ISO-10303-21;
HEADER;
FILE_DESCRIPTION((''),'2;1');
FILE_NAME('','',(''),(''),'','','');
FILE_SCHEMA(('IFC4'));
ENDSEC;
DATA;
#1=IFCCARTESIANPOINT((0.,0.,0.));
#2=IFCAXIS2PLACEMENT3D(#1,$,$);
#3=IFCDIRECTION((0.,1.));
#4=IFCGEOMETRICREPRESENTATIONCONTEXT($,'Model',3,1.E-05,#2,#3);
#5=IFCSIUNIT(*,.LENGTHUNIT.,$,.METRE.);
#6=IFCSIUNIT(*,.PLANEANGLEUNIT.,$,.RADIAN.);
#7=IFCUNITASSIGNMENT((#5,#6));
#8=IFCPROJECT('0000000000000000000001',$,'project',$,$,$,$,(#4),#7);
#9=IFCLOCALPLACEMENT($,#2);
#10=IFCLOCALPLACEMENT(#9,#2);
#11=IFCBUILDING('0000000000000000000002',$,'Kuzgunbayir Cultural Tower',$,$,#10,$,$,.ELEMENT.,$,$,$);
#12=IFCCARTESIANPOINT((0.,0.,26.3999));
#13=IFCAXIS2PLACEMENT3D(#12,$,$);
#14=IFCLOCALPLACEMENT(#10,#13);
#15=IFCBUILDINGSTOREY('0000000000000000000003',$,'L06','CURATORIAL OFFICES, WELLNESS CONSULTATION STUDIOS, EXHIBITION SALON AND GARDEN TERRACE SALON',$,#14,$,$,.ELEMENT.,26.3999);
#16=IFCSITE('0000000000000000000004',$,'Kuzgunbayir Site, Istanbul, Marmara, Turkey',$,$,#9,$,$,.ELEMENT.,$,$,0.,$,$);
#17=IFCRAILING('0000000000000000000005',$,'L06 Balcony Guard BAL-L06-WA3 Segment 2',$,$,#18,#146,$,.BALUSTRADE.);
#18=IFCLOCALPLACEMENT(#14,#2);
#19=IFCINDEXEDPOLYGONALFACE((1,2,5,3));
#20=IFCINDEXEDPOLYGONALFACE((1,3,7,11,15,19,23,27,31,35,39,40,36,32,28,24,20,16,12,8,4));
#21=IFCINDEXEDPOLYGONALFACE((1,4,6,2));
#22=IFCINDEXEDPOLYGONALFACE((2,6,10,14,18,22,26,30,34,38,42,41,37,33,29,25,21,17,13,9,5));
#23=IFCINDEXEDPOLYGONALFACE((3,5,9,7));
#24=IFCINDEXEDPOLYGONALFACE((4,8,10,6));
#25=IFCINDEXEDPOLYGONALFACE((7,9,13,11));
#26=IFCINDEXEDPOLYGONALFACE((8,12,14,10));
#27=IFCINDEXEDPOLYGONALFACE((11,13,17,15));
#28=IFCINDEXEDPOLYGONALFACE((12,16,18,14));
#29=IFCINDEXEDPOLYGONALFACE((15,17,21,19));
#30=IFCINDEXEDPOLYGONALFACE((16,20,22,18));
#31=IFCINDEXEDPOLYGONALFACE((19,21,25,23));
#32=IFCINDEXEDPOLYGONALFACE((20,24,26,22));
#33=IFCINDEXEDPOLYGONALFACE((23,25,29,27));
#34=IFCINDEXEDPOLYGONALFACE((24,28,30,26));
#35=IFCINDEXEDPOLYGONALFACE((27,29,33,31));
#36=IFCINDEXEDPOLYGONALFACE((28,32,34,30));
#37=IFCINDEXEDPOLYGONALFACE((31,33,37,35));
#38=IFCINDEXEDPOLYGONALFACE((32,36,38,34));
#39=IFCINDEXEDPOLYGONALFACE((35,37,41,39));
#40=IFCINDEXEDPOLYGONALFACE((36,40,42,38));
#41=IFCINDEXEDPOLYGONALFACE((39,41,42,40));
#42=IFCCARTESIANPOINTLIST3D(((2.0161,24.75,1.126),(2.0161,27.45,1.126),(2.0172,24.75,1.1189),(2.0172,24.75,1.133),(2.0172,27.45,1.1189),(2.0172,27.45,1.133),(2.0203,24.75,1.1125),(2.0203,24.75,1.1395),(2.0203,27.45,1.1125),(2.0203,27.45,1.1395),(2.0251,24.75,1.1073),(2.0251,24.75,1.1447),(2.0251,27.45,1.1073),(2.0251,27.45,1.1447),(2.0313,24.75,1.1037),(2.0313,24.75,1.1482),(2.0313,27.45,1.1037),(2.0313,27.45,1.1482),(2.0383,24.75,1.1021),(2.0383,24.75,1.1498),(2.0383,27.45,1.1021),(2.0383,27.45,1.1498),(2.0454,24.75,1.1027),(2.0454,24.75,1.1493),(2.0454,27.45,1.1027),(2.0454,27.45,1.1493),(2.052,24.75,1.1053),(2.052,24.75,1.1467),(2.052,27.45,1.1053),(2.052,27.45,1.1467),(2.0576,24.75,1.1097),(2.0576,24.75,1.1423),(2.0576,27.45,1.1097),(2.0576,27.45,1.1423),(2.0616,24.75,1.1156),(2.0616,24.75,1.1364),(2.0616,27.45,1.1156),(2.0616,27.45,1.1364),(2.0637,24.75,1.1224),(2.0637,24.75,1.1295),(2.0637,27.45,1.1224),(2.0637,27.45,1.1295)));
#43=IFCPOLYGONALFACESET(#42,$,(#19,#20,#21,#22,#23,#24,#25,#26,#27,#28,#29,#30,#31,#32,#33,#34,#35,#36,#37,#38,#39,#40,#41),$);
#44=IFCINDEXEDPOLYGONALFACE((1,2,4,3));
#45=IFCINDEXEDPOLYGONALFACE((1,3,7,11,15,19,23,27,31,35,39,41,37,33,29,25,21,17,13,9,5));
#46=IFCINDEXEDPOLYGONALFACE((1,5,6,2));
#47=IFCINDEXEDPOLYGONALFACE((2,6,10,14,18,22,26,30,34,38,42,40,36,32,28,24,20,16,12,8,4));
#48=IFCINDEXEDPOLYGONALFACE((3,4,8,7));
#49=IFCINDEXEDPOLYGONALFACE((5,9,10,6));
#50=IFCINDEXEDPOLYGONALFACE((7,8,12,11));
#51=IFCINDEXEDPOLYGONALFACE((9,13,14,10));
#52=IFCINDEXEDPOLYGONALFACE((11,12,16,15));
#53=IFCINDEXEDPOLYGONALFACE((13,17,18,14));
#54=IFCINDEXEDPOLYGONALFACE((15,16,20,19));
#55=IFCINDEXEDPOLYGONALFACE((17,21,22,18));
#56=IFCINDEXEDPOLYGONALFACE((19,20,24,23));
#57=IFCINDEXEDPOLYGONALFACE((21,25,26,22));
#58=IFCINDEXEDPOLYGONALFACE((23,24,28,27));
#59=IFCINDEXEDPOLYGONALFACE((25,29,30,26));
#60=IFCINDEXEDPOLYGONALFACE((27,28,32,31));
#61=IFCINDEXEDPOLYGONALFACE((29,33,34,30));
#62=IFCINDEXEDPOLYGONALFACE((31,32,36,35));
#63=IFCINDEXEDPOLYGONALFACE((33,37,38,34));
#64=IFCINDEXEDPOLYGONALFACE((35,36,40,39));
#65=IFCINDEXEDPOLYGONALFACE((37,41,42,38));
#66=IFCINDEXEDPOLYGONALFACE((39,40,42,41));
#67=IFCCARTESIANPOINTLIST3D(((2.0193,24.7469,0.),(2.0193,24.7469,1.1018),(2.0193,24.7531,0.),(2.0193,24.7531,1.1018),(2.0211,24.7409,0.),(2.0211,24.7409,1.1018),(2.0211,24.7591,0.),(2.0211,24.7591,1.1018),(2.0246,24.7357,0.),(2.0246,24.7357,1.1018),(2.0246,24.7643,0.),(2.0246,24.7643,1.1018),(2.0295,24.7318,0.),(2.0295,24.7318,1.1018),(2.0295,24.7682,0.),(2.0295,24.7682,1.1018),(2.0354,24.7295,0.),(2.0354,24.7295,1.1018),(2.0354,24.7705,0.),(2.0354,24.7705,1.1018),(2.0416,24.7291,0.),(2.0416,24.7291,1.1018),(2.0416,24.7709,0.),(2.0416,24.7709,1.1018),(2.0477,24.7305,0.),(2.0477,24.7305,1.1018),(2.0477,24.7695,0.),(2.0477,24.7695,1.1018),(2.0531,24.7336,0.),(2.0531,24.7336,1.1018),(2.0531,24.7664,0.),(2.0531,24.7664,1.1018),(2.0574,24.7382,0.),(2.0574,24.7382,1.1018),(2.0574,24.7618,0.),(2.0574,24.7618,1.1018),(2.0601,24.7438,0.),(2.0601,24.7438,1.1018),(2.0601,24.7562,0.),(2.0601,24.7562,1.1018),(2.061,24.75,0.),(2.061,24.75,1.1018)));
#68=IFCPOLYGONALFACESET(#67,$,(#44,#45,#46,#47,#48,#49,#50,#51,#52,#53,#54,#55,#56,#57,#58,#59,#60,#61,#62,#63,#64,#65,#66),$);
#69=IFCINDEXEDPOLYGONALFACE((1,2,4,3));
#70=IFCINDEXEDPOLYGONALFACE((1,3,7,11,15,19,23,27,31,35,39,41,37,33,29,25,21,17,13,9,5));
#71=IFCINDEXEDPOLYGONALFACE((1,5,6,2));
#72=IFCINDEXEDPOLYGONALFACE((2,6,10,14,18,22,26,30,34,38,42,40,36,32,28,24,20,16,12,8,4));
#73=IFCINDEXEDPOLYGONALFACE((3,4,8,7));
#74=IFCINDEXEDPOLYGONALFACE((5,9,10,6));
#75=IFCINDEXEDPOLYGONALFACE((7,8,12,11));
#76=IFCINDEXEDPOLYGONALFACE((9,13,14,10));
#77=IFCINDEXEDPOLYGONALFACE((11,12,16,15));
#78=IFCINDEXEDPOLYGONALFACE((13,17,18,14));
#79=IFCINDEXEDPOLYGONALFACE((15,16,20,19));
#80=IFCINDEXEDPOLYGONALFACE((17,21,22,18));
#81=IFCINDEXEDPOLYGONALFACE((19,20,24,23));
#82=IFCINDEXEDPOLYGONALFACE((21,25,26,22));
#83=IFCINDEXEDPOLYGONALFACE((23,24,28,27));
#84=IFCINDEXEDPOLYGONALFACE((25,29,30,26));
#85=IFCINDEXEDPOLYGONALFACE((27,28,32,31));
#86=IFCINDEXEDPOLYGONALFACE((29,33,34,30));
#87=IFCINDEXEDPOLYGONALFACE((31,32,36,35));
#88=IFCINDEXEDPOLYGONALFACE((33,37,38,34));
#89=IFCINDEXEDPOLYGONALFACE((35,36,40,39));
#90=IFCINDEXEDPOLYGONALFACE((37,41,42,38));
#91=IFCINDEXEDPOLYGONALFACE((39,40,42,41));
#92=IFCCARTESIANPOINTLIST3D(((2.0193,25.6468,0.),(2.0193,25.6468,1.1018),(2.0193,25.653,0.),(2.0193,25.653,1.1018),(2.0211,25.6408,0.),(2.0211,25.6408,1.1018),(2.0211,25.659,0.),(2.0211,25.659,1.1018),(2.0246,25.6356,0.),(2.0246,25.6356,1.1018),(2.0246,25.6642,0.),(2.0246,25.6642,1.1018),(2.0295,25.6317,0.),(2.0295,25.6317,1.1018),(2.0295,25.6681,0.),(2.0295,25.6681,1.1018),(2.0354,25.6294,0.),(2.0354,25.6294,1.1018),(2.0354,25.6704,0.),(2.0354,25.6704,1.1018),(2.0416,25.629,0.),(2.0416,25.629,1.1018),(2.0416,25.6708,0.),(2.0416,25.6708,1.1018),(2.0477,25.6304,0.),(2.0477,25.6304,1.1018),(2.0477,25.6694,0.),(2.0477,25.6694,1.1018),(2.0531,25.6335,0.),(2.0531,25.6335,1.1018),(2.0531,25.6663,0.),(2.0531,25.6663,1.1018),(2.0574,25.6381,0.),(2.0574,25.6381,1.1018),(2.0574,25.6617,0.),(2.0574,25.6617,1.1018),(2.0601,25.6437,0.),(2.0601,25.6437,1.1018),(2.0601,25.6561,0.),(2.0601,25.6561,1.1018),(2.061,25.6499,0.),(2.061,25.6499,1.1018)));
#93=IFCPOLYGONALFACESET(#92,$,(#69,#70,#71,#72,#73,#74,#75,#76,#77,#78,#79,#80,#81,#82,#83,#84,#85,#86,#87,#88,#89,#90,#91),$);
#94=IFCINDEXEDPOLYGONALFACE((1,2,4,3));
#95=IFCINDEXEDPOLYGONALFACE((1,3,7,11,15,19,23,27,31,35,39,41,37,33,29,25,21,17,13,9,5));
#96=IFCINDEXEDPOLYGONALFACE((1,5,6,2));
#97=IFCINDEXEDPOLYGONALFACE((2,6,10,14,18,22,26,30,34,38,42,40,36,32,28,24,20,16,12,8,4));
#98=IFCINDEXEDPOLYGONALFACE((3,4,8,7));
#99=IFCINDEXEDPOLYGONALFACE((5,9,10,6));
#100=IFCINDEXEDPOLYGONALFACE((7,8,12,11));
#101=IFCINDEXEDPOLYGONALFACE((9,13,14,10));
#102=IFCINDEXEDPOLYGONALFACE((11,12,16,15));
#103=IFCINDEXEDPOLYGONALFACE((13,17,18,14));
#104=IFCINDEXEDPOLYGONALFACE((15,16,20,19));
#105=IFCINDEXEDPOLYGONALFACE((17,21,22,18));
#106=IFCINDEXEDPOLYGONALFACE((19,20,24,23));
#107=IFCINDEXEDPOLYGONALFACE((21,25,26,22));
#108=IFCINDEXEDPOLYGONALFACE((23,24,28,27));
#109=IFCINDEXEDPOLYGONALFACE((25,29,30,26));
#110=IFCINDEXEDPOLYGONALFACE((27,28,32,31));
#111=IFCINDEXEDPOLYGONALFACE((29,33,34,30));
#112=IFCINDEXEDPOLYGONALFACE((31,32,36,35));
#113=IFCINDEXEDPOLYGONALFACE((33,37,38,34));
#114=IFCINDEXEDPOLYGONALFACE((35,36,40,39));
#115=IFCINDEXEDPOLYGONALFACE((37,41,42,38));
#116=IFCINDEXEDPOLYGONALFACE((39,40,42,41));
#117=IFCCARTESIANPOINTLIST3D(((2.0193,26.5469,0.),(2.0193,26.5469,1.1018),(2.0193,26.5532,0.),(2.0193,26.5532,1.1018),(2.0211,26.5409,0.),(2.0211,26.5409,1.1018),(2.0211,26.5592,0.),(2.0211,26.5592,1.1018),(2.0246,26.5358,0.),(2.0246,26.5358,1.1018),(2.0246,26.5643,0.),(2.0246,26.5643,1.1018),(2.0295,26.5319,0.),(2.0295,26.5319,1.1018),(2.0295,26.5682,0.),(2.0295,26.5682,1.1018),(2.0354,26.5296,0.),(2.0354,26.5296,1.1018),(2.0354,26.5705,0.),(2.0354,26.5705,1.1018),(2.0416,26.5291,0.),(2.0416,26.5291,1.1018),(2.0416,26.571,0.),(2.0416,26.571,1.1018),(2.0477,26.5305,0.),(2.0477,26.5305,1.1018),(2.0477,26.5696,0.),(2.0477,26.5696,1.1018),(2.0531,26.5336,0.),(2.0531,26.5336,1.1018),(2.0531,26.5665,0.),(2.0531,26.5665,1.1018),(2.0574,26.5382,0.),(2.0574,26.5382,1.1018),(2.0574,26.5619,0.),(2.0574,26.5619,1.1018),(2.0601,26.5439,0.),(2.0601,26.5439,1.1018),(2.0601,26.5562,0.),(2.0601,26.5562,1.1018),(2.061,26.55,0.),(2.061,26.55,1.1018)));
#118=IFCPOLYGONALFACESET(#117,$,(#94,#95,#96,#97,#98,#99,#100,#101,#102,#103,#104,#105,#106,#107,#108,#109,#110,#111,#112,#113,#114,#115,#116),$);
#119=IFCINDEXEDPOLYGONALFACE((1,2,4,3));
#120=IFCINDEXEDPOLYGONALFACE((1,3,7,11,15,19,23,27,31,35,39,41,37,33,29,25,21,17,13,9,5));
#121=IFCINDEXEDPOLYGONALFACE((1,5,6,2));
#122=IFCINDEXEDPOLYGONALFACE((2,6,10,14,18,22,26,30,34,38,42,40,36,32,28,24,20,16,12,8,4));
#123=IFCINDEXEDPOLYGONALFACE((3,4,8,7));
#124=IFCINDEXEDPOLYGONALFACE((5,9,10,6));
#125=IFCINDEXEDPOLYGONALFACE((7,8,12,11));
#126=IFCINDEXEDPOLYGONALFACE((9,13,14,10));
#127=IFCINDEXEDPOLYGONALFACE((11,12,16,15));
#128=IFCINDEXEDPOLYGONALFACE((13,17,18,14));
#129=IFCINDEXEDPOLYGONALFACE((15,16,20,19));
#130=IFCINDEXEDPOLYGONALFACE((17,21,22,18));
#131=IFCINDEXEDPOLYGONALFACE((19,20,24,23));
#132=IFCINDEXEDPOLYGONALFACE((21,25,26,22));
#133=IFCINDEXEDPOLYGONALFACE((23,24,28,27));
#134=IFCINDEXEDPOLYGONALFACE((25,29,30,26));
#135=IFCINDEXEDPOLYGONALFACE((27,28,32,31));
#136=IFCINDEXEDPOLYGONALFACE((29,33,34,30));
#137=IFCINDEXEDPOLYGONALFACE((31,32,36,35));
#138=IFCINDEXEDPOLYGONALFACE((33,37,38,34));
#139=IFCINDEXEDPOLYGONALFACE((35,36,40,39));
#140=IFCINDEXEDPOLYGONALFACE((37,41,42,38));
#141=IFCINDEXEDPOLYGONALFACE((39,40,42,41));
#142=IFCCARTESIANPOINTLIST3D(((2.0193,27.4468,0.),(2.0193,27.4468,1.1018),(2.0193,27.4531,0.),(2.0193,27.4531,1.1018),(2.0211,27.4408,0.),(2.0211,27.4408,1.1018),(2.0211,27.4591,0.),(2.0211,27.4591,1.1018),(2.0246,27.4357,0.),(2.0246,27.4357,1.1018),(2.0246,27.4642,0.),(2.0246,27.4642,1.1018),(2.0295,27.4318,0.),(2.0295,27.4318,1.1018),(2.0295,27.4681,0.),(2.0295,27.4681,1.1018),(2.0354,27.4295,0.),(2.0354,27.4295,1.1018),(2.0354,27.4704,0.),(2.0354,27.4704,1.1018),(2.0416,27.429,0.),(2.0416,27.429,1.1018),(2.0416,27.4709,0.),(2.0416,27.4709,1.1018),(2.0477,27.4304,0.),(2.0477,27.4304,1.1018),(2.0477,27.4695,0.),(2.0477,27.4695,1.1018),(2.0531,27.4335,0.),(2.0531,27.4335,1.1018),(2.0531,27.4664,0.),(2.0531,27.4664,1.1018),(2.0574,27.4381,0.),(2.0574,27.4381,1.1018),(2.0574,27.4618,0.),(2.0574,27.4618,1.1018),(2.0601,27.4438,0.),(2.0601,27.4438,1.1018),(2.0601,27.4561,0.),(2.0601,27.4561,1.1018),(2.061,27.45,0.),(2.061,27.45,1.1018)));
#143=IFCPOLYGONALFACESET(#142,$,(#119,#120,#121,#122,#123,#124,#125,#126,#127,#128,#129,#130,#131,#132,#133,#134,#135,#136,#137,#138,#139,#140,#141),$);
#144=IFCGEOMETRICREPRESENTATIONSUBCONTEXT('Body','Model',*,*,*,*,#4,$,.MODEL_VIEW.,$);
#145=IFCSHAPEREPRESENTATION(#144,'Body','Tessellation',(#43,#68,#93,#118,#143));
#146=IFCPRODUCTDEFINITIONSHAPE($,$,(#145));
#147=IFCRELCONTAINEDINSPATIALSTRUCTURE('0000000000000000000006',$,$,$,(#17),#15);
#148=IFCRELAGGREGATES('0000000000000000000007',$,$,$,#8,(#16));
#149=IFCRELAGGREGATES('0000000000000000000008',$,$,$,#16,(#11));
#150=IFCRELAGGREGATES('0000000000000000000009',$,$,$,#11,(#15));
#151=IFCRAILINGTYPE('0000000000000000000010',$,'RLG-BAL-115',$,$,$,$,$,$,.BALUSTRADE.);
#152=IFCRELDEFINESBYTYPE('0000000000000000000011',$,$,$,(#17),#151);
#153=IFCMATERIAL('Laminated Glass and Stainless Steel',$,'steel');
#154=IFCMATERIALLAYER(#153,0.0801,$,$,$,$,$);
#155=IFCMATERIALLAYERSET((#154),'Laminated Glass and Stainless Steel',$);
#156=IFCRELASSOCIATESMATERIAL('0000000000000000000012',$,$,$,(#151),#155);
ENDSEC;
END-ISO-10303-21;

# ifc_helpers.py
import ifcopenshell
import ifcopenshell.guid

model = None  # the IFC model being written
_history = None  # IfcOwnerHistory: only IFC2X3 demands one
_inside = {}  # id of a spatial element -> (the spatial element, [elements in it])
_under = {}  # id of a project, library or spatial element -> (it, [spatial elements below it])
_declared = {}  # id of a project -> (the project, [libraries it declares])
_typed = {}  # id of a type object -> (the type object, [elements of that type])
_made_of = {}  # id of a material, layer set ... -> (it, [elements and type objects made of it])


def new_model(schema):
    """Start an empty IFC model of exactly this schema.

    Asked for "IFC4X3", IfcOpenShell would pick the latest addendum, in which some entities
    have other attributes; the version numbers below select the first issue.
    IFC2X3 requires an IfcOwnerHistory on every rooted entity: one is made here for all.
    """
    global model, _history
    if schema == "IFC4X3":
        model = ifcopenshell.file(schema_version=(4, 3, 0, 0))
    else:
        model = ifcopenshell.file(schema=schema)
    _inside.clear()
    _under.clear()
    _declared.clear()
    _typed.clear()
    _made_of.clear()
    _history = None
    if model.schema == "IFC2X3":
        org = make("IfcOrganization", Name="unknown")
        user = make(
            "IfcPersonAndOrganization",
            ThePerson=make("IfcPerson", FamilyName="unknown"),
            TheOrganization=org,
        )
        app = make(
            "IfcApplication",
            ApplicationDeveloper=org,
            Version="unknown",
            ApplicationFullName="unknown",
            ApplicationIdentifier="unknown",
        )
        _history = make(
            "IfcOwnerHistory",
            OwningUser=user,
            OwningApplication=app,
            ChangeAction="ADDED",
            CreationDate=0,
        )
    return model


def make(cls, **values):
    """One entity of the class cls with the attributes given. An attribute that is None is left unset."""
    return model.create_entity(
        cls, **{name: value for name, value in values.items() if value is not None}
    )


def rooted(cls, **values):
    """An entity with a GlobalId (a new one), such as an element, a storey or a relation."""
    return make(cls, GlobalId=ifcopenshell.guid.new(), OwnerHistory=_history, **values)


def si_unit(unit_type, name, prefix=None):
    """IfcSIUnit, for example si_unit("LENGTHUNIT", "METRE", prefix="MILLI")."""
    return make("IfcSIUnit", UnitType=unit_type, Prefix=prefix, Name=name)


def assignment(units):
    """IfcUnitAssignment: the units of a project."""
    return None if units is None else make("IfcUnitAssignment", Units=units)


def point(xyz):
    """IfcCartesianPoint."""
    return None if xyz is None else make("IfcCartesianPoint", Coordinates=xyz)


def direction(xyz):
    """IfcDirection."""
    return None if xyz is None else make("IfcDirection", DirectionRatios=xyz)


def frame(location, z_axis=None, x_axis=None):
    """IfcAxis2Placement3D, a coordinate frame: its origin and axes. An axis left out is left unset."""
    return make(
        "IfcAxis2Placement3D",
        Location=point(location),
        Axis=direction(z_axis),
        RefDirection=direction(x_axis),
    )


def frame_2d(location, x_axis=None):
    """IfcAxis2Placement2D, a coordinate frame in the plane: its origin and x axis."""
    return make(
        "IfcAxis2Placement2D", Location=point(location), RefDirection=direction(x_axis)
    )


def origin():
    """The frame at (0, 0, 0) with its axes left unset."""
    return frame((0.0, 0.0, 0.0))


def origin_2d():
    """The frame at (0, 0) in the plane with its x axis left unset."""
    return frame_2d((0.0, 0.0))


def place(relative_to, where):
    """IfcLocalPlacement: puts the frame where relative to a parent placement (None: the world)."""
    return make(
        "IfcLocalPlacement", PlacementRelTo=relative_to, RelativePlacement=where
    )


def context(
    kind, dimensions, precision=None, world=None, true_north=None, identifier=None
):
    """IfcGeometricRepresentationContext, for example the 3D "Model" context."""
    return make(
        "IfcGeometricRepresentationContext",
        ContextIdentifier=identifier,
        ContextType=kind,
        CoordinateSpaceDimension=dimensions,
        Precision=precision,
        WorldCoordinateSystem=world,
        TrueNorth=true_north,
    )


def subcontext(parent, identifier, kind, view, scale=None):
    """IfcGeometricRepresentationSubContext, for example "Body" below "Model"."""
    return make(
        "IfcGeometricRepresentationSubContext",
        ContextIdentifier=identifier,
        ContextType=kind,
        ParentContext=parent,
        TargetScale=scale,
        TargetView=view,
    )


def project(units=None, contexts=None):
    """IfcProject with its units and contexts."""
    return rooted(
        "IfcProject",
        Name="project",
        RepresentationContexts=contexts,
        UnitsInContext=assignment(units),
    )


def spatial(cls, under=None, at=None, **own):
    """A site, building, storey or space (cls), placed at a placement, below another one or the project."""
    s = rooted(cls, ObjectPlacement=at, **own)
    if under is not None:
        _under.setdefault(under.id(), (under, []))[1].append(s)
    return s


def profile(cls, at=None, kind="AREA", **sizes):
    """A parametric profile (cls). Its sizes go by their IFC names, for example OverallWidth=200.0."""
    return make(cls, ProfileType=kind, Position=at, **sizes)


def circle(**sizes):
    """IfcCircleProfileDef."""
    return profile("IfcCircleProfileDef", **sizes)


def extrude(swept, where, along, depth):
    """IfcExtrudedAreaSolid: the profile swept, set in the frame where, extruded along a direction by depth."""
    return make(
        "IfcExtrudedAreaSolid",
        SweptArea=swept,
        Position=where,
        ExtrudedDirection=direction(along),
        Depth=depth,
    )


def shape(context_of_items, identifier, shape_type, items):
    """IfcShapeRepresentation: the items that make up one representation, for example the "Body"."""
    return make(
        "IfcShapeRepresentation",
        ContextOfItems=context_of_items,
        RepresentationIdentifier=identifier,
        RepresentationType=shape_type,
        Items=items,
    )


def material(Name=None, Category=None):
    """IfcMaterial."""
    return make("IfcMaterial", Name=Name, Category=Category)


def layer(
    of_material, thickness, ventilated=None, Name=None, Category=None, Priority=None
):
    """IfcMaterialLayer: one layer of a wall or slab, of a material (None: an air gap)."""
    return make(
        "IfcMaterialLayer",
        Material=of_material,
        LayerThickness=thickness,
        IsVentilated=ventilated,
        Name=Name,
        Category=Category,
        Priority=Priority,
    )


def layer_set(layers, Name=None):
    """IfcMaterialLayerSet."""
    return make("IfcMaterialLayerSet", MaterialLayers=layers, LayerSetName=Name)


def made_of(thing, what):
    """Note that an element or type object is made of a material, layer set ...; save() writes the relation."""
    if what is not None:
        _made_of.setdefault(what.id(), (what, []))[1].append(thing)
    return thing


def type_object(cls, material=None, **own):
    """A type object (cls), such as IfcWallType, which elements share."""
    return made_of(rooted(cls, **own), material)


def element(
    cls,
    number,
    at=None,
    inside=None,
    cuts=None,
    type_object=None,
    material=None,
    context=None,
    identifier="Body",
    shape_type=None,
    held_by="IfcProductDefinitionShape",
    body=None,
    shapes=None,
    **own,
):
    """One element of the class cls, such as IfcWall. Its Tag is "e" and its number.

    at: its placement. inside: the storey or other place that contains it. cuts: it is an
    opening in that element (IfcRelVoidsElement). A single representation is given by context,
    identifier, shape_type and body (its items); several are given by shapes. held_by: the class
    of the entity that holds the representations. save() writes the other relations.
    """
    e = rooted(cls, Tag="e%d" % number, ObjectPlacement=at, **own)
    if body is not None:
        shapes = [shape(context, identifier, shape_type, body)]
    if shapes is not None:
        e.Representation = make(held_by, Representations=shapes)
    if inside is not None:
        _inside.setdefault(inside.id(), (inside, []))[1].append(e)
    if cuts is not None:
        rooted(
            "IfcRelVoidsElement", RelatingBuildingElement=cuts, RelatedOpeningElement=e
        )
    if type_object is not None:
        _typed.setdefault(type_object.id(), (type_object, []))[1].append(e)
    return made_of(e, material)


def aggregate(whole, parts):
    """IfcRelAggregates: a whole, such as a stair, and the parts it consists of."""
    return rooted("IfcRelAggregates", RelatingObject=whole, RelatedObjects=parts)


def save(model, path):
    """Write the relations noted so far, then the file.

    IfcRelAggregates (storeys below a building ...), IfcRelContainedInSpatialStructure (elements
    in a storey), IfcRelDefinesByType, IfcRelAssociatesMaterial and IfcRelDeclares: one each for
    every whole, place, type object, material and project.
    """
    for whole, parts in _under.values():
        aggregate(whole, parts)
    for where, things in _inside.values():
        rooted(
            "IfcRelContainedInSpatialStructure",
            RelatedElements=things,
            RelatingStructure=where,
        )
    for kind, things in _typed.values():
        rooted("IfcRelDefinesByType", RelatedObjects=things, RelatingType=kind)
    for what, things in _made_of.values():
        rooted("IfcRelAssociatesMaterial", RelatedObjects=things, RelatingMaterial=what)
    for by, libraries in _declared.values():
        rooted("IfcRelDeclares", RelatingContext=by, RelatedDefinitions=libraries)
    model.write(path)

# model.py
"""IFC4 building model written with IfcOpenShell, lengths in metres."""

from ifc_helpers import new_model, si_unit, direction, frame, origin, origin_2d, place, context, subcontext, project, spatial, circle, extrude, material, layer, layer_set, type_object, element, save


model = new_model("IFC4")

# Units and contexts
model_context = context("Model", 3, precision=1e-05, world=origin(), true_north=direction((0.0, 1.0)))
body_context = subcontext(model_context, "Body", "Model", "MODEL_VIEW")
ifc_project = project(units=[si_unit("LENGTHUNIT", "METRE"), si_unit("PLANEANGLEUNIT", "RADIAN")], contexts=[model_context])

# Site, building, storey
site_placement = place(None, origin())
site = spatial("IfcSite", under=ifc_project, at=site_placement, Name="Kuzgunbayir Site, Istanbul, Marmara, Turkey", CompositionType="ELEMENT", RefElevation=0.0)
building_placement = place(site_placement, origin())
building = spatial("IfcBuilding", under=site, at=building_placement, Name="Kuzgunbayir Cultural Tower", CompositionType="ELEMENT")
storey_placement = place(building_placement, frame((0.0, 0.0, 26.3999)))
storey = spatial("IfcBuildingStorey", under=building, at=storey_placement, Name="L06", Description="CURATORIAL OFFICES, WELLNESS CONSULTATION STUDIOS, EXHIBITION SALON AND GARDEN TERRACE SALON", CompositionType="ELEMENT", Elevation=26.3999)

# Railing
ifc_material_1 = material(Name="Laminated Glass and Stainless Steel", Category="steel")
ifc_layer_1 = layer(ifc_material_1, 0.0801)
ifc_layer_set_1 = layer_set([ifc_layer_1], Name="Laminated Glass and Stainless Steel")
railing_type = type_object("IfcRailingType", Name="RLG-BAL-115", PredefinedType="BALUSTRADE", material=ifc_layer_set_1)
railing_1_placement = place(storey_placement, frame((2.04, 24.75, 0.0)))
element("IfcRailing", 1, at=railing_1_placement, inside=storey, type_object=railing_type, Name="L06 Balcony Guard BAL-L06-WA3 Segment 2", PredefinedType="BALUSTRADE", context=body_context, shape_type="SweptSolid", body=[
    extrude(circle(Radius=0.0239, at=origin_2d()), frame((0.0, 0.0, 1.126), z_axis=(0.0, 1.0, 0.0), x_axis=(-1.0, 0.0, 0.0)), (0.0, 0.0, 1.0), 2.7),
    extrude(circle(Radius=0.021, at=origin_2d()), origin(), (0.0, 0.0, 1.0), 1.1018),
    extrude(circle(Radius=0.021, at=origin_2d()), frame((0.0, 0.8999, 0.0)), (0.0, 0.0, 1.0), 1.1018),
    extrude(circle(Radius=0.021, at=origin_2d()), frame((0.0, 1.8, 0.0)), (0.0, 0.0, 1.0), 1.1018),
    extrude(circle(Radius=0.021, at=origin_2d()), frame((0.0, 2.7, 0.0)), (0.0, 0.0, 1.0), 1.1018),
])

save(model, "model.ifc")
